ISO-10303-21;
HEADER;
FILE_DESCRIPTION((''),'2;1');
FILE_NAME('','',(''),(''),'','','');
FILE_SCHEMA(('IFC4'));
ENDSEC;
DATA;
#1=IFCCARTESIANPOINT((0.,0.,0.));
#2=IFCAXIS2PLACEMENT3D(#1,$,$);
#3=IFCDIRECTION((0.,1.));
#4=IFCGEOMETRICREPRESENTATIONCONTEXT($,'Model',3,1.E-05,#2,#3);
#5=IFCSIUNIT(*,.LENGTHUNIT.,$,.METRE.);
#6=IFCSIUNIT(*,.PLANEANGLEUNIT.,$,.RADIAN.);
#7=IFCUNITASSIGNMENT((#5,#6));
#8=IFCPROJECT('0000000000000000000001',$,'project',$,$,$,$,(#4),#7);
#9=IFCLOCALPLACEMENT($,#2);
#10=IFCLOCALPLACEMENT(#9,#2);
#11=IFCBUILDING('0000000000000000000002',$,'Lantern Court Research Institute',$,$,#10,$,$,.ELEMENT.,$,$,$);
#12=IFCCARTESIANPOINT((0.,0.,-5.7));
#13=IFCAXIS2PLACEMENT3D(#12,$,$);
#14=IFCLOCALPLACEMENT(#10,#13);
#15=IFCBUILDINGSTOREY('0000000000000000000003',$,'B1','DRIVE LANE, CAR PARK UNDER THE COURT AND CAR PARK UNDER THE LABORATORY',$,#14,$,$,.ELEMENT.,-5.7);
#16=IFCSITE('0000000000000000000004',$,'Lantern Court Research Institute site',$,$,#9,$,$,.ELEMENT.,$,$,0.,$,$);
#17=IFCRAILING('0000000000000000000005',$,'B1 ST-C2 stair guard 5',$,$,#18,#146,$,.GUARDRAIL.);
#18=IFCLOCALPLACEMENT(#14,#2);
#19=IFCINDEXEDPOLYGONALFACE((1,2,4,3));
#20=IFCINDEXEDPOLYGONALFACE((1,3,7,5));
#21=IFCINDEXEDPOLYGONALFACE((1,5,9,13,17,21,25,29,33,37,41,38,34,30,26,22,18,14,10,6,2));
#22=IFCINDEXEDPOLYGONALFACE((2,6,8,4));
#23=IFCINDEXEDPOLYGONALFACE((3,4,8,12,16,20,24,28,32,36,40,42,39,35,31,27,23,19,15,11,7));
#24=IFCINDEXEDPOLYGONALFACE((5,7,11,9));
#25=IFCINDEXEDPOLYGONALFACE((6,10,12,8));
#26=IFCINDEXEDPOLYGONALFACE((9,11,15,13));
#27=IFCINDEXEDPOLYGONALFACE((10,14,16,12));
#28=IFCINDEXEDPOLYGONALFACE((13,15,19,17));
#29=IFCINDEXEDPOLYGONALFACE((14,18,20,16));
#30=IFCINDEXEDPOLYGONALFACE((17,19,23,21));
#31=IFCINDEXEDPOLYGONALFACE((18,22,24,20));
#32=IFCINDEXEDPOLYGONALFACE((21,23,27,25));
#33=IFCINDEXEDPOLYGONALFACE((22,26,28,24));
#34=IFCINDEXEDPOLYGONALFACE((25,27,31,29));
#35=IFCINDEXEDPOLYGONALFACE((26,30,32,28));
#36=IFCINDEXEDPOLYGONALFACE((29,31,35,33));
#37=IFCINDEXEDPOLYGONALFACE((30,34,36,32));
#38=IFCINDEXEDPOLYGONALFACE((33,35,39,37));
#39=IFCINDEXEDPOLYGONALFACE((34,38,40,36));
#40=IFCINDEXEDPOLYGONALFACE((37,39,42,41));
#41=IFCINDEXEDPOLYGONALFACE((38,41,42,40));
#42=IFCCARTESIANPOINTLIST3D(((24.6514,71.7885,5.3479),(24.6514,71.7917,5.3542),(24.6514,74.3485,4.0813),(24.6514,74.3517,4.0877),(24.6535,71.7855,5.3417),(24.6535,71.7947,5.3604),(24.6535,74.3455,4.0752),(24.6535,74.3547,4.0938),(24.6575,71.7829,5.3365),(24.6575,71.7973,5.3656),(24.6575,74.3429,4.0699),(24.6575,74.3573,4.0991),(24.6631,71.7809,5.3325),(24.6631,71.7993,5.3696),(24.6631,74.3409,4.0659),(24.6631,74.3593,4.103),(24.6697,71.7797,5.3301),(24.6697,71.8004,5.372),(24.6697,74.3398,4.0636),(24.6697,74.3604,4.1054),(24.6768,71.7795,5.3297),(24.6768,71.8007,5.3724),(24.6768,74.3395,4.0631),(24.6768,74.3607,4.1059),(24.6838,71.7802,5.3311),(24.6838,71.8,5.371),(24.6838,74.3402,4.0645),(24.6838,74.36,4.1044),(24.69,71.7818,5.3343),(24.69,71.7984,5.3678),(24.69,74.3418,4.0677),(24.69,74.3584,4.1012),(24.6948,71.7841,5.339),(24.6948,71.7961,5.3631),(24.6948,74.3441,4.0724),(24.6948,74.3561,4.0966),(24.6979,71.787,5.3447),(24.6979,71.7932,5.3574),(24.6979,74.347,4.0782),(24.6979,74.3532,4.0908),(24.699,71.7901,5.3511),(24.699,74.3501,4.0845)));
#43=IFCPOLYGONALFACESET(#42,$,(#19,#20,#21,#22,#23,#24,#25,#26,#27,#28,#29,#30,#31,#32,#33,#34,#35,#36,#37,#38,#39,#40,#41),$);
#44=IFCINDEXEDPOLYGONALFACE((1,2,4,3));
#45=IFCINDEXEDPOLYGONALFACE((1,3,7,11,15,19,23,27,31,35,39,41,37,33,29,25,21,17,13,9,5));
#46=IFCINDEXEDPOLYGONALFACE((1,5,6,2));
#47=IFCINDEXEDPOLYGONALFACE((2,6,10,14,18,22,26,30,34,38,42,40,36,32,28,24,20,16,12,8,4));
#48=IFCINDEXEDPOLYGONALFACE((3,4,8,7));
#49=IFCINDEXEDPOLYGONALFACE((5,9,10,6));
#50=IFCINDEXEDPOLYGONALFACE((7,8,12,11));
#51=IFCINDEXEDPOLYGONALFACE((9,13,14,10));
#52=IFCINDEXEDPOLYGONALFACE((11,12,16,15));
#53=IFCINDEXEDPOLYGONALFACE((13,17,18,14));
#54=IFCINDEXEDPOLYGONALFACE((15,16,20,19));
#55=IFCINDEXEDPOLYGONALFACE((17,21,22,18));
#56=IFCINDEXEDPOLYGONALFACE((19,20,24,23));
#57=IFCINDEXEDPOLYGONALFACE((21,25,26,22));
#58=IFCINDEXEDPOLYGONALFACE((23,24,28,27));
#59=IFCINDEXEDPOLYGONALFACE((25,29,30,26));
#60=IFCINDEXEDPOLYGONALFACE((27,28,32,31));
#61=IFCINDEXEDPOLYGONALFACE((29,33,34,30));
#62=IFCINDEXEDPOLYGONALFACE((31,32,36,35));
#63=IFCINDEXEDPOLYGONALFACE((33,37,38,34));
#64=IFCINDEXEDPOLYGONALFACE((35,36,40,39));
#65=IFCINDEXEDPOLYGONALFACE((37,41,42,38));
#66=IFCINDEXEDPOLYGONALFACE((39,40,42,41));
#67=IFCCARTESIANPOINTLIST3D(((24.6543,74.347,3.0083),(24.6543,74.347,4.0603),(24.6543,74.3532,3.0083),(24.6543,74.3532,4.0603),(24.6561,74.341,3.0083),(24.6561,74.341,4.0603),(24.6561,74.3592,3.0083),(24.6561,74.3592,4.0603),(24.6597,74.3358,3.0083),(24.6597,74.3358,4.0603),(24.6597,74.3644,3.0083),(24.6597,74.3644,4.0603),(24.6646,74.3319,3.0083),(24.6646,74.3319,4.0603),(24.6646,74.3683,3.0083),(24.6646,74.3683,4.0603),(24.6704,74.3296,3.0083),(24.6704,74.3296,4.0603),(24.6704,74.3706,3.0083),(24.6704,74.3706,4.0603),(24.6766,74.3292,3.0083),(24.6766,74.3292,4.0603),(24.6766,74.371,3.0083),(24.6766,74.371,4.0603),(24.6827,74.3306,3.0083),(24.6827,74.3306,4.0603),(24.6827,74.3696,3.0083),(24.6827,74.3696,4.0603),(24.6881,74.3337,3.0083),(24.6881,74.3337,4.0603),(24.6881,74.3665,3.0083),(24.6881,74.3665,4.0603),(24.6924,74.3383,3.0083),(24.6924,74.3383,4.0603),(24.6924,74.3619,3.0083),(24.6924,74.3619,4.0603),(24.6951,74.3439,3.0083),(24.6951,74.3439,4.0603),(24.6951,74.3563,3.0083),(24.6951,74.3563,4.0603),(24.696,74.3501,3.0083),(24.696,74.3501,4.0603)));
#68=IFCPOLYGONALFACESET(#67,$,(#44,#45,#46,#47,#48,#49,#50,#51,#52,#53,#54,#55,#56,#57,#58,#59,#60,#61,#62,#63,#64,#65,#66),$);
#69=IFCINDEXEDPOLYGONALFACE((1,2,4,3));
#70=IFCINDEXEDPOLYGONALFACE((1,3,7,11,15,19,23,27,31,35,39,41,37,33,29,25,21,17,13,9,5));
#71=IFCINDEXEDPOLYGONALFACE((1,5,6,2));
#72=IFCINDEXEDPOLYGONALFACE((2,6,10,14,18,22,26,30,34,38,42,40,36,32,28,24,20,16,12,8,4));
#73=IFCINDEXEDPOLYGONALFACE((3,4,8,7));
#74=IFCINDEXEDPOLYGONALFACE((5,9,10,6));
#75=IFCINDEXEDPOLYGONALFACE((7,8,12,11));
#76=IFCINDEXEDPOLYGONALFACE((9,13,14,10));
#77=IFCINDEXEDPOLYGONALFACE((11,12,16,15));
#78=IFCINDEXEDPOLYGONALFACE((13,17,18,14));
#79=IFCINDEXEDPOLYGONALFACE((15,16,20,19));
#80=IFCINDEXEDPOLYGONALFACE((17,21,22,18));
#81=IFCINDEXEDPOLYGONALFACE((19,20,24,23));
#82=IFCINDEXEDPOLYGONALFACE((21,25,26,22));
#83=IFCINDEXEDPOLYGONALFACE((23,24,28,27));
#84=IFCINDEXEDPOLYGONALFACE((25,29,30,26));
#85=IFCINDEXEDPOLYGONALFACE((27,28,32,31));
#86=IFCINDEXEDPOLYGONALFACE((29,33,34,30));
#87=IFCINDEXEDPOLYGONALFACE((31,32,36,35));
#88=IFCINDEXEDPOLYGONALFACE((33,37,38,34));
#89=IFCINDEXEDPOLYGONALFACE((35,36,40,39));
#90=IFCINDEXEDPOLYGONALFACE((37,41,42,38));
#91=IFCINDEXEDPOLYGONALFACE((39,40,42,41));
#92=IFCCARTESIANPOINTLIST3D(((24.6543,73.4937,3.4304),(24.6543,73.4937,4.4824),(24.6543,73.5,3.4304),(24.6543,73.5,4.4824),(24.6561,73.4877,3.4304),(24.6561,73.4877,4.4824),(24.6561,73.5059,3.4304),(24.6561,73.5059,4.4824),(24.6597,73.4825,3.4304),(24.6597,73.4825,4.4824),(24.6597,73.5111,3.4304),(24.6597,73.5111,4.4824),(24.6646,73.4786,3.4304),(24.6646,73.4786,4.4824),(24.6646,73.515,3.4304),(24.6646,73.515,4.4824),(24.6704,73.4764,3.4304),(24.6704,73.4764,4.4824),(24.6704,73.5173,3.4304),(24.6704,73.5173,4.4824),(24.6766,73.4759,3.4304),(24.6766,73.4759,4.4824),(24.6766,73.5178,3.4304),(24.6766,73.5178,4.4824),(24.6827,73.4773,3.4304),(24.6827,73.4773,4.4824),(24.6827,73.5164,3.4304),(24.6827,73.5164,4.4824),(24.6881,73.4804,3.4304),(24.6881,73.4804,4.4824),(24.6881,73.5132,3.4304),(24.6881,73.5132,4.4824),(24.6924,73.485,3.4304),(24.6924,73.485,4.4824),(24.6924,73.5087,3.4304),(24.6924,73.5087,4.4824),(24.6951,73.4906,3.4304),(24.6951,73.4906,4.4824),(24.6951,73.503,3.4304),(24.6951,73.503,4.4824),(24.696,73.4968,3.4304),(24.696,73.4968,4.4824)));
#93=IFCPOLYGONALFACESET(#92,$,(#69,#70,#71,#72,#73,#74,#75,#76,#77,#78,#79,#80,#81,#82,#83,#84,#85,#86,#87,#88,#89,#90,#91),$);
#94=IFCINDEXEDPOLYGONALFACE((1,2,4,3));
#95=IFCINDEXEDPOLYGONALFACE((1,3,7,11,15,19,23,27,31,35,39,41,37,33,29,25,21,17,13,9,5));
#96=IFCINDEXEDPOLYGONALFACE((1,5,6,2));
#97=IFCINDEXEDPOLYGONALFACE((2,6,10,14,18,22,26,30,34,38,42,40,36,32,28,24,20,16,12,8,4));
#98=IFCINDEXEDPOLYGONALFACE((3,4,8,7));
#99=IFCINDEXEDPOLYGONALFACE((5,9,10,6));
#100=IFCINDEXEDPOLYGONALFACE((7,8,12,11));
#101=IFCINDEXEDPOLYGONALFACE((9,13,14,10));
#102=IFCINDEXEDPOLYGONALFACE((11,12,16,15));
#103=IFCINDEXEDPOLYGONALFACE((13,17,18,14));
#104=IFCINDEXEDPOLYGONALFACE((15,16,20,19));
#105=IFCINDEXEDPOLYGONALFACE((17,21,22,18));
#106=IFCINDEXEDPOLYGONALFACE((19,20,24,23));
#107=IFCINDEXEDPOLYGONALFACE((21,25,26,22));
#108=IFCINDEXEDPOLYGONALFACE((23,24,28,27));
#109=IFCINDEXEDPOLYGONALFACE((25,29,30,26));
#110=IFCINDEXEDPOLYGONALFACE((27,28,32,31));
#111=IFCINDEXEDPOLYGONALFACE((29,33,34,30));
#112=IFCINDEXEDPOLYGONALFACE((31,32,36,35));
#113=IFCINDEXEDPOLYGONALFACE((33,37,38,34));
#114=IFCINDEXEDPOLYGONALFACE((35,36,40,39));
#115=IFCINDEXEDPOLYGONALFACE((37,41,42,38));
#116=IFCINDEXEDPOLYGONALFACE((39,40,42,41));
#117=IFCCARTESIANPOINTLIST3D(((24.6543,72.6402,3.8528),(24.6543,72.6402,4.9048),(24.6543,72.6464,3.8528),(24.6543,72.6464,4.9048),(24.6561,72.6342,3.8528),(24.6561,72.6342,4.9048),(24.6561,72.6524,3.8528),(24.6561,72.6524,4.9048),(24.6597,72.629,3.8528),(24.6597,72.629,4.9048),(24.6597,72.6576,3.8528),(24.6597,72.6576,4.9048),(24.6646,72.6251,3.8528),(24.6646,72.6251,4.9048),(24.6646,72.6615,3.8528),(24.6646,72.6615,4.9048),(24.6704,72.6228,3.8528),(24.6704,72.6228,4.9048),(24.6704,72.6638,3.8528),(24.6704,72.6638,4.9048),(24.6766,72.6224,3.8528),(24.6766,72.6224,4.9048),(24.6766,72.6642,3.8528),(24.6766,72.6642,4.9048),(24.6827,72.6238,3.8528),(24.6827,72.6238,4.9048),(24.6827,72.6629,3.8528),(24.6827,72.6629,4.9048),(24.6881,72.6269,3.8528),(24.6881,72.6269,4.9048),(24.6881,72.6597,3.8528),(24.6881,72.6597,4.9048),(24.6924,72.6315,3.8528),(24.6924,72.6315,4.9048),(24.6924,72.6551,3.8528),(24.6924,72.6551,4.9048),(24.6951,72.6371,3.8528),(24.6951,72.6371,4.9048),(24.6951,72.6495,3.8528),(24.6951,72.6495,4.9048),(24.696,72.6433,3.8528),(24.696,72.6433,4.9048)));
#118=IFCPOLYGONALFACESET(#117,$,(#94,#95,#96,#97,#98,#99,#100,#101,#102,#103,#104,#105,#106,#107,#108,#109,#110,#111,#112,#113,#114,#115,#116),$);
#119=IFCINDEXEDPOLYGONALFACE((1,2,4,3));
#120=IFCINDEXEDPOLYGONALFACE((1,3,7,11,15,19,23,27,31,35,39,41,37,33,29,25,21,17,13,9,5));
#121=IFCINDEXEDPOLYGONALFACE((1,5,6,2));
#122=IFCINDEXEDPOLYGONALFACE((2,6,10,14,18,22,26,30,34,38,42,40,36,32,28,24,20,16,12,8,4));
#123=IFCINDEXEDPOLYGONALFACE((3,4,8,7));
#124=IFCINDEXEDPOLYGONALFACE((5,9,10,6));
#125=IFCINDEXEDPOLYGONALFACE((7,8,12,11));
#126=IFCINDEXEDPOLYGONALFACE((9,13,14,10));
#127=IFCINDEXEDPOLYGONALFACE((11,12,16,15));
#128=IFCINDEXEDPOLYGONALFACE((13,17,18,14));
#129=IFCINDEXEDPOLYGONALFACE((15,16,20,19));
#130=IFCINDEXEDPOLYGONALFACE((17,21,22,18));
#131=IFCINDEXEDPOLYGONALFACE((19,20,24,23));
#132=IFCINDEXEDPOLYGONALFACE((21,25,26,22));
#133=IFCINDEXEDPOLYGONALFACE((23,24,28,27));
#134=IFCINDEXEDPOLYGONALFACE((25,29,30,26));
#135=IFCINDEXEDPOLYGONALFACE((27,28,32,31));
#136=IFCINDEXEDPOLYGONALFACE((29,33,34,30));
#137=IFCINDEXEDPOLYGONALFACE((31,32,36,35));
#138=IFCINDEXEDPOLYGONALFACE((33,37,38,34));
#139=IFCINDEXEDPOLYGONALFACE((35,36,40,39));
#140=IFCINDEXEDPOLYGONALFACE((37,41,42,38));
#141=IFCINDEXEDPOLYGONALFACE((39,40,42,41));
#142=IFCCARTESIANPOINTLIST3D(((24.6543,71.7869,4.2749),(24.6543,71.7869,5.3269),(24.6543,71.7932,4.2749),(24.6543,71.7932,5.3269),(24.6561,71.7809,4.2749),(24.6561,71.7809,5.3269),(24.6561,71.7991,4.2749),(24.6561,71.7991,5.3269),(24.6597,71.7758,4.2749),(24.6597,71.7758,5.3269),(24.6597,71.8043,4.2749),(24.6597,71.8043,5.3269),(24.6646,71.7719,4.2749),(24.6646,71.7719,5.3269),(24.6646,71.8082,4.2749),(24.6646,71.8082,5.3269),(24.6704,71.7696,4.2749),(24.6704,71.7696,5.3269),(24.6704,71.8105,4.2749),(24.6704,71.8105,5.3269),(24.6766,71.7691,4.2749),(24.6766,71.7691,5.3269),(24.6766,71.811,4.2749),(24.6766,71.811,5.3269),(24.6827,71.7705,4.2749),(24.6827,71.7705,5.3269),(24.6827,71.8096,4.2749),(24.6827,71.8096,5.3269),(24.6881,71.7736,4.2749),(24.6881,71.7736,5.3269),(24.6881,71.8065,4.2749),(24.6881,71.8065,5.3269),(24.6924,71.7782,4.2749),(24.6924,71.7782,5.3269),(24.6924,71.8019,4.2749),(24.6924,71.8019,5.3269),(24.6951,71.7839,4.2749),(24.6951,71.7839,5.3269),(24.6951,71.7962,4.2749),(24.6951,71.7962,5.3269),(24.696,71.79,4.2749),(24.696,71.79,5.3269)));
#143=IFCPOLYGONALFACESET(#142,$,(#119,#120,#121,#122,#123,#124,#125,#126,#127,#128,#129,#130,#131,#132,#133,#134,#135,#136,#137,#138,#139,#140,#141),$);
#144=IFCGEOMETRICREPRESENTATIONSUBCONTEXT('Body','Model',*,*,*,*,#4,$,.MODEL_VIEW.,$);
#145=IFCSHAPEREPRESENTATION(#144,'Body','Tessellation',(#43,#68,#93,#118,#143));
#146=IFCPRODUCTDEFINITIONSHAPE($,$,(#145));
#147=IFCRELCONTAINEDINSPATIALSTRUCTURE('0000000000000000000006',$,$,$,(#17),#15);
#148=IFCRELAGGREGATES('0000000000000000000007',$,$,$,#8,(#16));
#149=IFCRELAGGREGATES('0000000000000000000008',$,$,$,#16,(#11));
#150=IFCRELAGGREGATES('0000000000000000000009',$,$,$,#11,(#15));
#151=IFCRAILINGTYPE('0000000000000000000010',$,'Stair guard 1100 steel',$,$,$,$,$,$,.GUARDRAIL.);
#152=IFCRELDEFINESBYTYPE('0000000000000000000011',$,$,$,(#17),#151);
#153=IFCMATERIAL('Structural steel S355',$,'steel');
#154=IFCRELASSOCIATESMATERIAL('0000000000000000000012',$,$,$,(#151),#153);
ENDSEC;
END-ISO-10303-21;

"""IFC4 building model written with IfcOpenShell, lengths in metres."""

from ifc_helpers import new_model, si_unit, direction, frame, origin, origin_2d, place, context, subcontext, project, spatial, circle, extrude, material, type_object, element, save


model = new_model("IFC4")

# Units and contexts
model_context = context("Model", 3, precision=1e-05, world=origin(), true_north=direction((0.0, 1.0)))
body_context = subcontext(model_context, "Body", "Model", "MODEL_VIEW")
ifc_project = project(units=[si_unit("LENGTHUNIT", "METRE"), si_unit("PLANEANGLEUNIT", "RADIAN")], contexts=[model_context])

# Site, building, storey
site_placement = place(None, origin())
site = spatial("IfcSite", under=ifc_project, at=site_placement, Name="Lantern Court Research Institute site", CompositionType="ELEMENT", RefElevation=0.0)
building_placement = place(site_placement, origin())
building = spatial("IfcBuilding", under=site, at=building_placement, Name="Lantern Court Research Institute", CompositionType="ELEMENT")
storey_placement = place(building_placement, frame((0.0, 0.0, -5.7)))
storey = spatial("IfcBuildingStorey", under=building, at=storey_placement, Name="B1", Description="DRIVE LANE, CAR PARK UNDER THE COURT AND CAR PARK UNDER THE LABORATORY", CompositionType="ELEMENT", Elevation=-5.7)

# Railing
ifc_material_1 = material(Name="Structural steel S355", Category="steel")
railing_type_1 = type_object("IfcRailingType", Name="Stair guard 1100 steel", PredefinedType="GUARDRAIL", material=ifc_material_1)
railing_1_placement = place(storey_placement, frame((24.675, 74.3501, 3.0083)))
element("IfcRailing", 1, at=railing_1_placement, inside=storey, type_object=railing_type_1, Name="B1 ST-C2 stair guard 5", PredefinedType="GUARDRAIL", context=body_context, shape_type="SweptSolid", body=[
    extrude(circle(Radius=0.0239, at=origin_2d()), frame((0.0, 0.0, 1.0762), z_axis=(0.0, -0.8963, 0.443449), x_axis=(1.0, 0.0, 0.0)), (0.0, 0.0, 1.0), 2.8562),
    extrude(circle(Radius=0.021, at=origin_2d()), origin(), (0.0, 0.0, 1.0), 1.052),
    extrude(circle(Radius=0.021, at=origin_2d()), frame((0.0, -0.8533, 0.4221)), (0.0, 0.0, 1.0), 1.052),
    extrude(circle(Radius=0.021, at=origin_2d()), frame((0.0, -1.7068, 0.8445)), (0.0, 0.0, 1.0), 1.052),
    extrude(circle(Radius=0.021, at=origin_2d()), frame((0.0, -2.5601, 1.2666)), (0.0, 0.0, 1.0), 1.052),
])

save(model, "model.ifc")
